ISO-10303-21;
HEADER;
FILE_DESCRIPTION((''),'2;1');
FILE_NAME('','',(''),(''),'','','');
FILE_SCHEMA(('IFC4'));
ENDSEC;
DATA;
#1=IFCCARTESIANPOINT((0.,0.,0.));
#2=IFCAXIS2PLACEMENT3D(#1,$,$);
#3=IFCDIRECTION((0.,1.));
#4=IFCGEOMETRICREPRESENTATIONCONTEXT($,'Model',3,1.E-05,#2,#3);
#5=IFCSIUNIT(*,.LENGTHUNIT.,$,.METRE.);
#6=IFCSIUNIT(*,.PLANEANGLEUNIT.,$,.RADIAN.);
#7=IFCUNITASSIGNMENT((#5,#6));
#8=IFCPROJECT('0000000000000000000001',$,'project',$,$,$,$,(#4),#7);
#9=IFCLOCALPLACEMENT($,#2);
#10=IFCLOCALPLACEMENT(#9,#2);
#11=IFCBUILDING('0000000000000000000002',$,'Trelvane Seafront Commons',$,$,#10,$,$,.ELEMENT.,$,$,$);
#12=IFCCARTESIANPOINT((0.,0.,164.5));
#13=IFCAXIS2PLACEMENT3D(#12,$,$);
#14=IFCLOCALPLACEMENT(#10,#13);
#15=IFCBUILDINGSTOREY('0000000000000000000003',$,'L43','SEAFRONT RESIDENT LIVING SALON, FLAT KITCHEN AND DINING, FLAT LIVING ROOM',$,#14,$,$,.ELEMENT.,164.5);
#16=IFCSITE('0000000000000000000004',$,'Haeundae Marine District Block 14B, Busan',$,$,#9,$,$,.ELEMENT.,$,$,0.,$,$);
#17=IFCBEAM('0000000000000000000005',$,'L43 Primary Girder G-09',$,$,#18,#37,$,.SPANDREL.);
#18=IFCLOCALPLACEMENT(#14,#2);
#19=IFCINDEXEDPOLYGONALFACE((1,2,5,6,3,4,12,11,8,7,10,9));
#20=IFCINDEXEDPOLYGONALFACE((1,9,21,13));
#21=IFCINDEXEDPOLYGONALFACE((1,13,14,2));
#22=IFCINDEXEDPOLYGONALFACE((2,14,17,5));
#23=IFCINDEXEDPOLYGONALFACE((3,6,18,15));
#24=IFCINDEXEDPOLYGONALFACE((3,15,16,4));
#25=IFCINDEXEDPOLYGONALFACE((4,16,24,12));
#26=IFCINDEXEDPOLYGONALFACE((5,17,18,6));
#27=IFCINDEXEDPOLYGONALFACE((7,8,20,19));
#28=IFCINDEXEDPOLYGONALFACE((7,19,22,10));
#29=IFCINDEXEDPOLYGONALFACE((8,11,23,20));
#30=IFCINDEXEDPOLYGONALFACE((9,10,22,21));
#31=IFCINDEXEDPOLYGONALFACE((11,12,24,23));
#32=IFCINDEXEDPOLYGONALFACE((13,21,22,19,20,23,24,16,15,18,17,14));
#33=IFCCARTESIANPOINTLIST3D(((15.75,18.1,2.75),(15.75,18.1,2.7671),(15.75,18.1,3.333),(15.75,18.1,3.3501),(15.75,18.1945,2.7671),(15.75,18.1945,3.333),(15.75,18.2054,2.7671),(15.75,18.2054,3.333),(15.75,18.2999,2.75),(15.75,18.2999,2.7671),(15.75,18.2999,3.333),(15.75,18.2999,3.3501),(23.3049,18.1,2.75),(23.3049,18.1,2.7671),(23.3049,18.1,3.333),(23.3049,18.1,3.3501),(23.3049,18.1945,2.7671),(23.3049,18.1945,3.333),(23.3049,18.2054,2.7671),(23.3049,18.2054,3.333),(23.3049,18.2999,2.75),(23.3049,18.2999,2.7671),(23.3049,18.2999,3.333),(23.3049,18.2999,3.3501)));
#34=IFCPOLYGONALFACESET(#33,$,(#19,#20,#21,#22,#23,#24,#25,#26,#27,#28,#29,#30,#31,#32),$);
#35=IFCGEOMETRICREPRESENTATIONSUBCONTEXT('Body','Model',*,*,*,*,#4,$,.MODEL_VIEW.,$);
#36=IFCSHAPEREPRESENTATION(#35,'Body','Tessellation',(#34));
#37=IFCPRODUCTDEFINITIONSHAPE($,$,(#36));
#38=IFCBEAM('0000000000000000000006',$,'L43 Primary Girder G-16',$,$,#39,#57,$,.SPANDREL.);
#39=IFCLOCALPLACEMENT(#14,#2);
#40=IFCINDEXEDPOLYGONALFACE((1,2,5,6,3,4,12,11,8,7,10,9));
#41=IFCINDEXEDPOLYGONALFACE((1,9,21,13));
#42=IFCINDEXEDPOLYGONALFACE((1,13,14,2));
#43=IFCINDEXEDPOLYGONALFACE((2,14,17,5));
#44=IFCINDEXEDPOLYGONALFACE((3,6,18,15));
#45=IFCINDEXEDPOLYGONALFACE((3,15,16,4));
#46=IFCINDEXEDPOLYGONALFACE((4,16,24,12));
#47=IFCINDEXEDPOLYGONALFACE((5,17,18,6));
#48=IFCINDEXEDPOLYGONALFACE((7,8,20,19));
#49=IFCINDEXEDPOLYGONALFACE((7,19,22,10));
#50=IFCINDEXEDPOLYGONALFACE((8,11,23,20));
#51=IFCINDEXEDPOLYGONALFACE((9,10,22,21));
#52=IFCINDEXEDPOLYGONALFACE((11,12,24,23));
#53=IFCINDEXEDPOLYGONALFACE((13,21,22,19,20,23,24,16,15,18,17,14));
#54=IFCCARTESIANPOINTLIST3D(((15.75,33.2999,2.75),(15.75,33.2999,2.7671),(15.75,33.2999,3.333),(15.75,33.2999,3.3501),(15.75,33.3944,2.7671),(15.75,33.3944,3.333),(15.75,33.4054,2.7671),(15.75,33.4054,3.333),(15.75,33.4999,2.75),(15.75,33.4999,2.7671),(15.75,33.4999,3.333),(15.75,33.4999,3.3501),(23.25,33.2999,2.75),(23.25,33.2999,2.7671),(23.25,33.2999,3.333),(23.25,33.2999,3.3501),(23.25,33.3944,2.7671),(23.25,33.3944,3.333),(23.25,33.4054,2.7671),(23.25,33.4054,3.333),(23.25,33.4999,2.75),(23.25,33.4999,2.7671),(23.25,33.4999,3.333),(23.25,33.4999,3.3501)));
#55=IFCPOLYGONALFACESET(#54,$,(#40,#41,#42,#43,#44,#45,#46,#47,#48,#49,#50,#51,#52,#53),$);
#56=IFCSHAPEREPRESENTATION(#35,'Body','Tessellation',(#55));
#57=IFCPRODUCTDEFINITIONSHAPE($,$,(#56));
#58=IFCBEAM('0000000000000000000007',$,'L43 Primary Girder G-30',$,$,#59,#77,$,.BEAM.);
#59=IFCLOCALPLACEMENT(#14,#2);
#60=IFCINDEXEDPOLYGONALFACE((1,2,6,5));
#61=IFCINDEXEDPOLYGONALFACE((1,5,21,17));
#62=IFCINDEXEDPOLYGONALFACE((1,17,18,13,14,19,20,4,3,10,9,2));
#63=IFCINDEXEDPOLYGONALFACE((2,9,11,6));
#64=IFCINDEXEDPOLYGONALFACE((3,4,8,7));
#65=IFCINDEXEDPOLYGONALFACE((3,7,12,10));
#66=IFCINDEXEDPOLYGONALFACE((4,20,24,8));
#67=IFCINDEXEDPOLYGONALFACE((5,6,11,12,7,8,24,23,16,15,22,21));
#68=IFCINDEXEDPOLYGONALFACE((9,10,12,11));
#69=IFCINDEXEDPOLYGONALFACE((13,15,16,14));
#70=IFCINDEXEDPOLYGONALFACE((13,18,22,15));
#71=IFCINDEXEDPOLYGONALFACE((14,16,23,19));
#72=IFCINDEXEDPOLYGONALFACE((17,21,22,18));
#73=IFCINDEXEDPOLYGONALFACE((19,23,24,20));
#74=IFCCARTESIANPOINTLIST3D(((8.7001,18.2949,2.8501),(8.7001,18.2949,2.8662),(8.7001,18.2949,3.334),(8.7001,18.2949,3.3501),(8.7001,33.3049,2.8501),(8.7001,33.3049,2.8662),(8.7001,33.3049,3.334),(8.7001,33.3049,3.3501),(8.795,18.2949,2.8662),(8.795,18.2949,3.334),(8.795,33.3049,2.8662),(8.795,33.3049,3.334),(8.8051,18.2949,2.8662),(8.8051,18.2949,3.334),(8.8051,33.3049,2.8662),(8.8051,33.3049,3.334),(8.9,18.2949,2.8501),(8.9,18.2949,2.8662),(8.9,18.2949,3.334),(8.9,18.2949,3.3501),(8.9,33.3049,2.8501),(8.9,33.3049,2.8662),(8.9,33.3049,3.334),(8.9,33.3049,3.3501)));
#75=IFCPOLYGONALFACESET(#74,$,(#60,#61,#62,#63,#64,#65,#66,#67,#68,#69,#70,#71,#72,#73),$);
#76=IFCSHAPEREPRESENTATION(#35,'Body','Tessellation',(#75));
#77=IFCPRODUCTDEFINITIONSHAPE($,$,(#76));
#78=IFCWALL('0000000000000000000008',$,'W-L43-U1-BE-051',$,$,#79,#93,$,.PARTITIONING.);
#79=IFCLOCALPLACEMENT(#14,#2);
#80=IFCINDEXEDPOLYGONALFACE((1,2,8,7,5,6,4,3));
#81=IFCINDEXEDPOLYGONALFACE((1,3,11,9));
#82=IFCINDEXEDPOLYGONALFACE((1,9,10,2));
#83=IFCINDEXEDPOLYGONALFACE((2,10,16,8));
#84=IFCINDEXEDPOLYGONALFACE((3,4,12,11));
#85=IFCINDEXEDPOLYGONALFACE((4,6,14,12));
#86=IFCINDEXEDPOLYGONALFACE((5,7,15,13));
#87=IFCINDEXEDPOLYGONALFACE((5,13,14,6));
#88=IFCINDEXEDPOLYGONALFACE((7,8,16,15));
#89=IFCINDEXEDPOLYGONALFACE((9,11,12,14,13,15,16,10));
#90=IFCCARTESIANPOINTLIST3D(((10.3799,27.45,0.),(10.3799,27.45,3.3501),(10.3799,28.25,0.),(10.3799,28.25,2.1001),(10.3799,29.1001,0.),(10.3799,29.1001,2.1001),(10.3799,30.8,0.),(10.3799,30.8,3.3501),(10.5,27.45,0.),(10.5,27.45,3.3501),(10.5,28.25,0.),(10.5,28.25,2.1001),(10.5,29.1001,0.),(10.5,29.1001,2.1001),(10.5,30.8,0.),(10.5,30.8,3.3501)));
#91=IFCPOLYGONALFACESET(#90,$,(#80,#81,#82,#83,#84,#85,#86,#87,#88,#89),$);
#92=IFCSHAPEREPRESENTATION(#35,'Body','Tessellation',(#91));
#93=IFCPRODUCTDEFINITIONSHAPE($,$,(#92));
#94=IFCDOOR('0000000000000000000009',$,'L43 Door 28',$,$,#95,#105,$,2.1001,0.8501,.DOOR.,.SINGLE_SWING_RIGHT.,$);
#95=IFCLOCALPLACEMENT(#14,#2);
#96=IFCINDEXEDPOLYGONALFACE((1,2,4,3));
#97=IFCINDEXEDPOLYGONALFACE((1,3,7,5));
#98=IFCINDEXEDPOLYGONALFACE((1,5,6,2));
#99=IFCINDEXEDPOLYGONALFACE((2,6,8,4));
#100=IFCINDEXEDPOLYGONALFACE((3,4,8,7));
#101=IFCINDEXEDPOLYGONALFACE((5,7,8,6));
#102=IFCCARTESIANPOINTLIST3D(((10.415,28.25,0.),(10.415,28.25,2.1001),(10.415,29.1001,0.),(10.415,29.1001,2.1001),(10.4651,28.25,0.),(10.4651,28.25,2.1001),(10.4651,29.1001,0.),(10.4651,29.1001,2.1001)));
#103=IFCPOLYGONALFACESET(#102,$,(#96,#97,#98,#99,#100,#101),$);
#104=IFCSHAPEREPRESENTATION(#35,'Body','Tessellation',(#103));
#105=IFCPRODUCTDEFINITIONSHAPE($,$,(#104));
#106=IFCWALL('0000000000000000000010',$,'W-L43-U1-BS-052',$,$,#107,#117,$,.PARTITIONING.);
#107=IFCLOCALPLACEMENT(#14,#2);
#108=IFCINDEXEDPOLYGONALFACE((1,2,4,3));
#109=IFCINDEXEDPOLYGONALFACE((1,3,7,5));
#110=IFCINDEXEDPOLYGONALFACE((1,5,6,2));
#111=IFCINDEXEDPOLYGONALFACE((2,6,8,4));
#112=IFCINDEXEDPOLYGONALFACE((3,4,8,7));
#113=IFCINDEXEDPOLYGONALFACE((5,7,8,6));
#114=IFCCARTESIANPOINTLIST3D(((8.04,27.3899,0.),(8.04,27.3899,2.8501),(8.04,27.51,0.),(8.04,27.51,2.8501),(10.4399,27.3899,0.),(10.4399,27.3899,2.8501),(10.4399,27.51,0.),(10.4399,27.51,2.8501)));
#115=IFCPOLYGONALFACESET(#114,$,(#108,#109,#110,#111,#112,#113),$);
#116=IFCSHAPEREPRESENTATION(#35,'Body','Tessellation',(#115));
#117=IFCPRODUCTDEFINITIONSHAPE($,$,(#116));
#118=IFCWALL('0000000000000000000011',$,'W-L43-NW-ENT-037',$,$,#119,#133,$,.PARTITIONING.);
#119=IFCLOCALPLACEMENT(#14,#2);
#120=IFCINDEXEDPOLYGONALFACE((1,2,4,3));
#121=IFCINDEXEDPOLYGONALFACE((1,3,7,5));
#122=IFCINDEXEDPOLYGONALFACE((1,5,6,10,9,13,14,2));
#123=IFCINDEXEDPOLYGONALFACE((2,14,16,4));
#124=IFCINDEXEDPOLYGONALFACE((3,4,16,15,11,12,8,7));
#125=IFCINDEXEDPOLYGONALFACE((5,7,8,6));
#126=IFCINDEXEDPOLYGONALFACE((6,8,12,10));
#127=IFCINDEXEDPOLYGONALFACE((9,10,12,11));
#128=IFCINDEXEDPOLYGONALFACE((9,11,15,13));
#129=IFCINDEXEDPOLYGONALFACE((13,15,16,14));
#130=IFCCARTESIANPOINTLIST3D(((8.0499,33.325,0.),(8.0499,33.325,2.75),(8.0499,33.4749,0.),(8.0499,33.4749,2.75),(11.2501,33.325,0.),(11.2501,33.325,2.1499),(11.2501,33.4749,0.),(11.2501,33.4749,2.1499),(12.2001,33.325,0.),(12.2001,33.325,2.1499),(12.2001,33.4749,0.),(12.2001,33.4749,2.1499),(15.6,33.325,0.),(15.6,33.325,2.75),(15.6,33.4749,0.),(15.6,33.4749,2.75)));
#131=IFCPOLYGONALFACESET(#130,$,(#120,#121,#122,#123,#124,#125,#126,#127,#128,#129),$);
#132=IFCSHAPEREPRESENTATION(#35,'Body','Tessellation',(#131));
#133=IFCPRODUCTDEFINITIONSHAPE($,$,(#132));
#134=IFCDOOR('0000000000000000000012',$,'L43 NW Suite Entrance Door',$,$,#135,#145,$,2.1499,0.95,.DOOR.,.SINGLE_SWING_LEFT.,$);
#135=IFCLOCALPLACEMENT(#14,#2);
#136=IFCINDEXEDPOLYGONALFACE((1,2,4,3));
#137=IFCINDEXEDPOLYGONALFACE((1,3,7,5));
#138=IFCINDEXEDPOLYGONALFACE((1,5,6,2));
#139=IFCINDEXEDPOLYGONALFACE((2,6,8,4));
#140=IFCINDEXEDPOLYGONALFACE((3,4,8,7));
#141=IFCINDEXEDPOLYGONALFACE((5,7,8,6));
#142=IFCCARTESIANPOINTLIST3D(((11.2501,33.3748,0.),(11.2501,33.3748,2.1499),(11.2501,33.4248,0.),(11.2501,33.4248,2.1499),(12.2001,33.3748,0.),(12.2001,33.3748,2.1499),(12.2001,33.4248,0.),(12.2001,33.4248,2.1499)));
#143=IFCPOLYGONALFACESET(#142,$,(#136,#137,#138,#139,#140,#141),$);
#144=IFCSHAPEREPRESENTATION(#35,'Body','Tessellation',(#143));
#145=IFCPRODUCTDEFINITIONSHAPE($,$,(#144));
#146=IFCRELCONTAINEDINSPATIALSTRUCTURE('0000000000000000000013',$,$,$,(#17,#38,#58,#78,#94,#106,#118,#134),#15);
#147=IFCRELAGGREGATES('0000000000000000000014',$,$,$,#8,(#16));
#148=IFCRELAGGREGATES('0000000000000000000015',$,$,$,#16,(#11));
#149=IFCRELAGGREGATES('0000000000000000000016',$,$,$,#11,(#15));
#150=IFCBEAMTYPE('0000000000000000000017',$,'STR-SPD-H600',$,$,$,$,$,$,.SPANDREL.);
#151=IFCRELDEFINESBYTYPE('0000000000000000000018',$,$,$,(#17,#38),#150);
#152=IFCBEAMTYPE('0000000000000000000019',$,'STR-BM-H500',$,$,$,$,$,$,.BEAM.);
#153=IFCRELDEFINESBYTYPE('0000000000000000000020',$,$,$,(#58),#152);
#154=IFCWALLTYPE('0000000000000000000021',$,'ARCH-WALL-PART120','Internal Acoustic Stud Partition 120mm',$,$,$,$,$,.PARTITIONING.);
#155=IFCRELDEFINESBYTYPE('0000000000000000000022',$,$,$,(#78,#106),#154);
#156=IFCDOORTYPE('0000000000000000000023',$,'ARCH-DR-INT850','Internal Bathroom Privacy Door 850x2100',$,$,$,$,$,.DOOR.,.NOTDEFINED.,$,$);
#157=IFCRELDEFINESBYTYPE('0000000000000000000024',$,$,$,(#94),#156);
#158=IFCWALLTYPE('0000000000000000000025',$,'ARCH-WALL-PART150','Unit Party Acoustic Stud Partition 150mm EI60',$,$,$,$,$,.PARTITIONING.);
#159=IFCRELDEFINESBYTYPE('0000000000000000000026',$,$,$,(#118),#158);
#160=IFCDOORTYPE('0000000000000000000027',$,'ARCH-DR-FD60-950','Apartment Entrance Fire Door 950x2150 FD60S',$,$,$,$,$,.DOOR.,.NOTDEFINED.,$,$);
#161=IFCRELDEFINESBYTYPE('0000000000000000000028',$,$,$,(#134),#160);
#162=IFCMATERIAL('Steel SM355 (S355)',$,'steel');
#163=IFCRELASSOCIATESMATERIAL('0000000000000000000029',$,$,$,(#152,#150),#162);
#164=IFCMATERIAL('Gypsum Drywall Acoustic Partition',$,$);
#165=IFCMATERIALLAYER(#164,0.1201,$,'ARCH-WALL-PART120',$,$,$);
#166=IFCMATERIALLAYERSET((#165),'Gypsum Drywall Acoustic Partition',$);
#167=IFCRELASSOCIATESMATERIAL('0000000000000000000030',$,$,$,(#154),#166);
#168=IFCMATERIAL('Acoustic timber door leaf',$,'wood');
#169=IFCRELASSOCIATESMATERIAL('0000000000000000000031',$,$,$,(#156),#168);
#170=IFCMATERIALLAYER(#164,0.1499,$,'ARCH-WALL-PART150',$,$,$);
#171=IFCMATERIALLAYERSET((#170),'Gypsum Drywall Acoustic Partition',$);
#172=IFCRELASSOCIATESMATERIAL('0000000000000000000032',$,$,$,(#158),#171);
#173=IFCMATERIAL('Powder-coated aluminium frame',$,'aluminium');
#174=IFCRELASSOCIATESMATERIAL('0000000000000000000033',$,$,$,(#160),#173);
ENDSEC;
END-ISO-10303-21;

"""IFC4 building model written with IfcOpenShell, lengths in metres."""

from ifc_helpers import new_model, si_unit, direction, frame, frame_2d, origin, origin_2d, place, context, subcontext, project, spatial, rectangle, i_section, extrude, source, transform, mapped, material, layer, layer_set, material_profile, profile_set, type_object, element, fill, save


model = new_model("IFC4")

# Units and contexts
model_context = context("Model", 3, precision=1e-05, world=origin(), true_north=direction((0.0, 1.0)))
body_context = subcontext(model_context, "Body", "Model", "MODEL_VIEW")
ifc_project = project(units=[si_unit("LENGTHUNIT", "METRE"), si_unit("PLANEANGLEUNIT", "RADIAN")], contexts=[model_context])

# Site, building, storey
site_placement = place(None, origin())
site = spatial("IfcSite", under=ifc_project, at=site_placement, Name="Haeundae Marine District Block 14B, Busan", CompositionType="ELEMENT", RefElevation=0.0)
building_placement = place(site_placement, origin())
building = spatial("IfcBuilding", under=site, at=building_placement, Name="Trelvane Seafront Commons", CompositionType="ELEMENT")
storey_placement = place(building_placement, frame((0.0, 0.0, 164.5)))
storey = spatial("IfcBuildingStorey", under=building, at=storey_placement, Name="L43", Description="SEAFRONT RESIDENT LIVING SALON, FLAT KITCHEN AND DINING, FLAT LIVING ROOM", CompositionType="ELEMENT", Elevation=164.5)

# Shared definitions
ifc_material_1 = material(Name="Steel SM355 (S355)", Category="steel")

# Beams
ifc_material_profile_1 = material_profile(ifc_material_1, i_section(OverallWidth=0.2, OverallDepth=0.5, WebThickness=0.01, FlangeThickness=0.0161, at=origin_2d()), Name="H-500x200x10x16")
ifc_profile_set_1 = profile_set([ifc_material_profile_1], Name="Steel SM355 (S355)")
beam_type_1 = type_object("IfcBeamType", Name="STR-BM-H500", PredefinedType="BEAM", material=ifc_profile_set_1)
ifc_material_profile_2 = material_profile(ifc_material_1, i_section(OverallWidth=0.2, OverallDepth=0.6001, WebThickness=0.011, FlangeThickness=0.0171, at=origin_2d()), Name="H-600x200x11x17")
ifc_profile_set_2 = profile_set([ifc_material_profile_2], Name="Steel SM355 (S355)")
beam_type_2 = type_object("IfcBeamType", Name="STR-SPD-H600", PredefinedType="SPANDREL", material=ifc_profile_set_2)
shared_shape_1 = source(origin(), body_context, "Body", "SweptSolid", [
    extrude(i_section(OverallWidth=0.2, OverallDepth=0.6001, WebThickness=0.011, FlangeThickness=0.0171, at=origin_2d()), origin(), (0.0, 0.0, 1.0), 7.5549),
])
beam_1_placement = place(storey_placement, frame((15.75, 18.2, 3.05), z_axis=(1.0, 0.0, 0.0), x_axis=(0.0, 1.0, 0.0)))
element("IfcBeam", 1, at=beam_1_placement, inside=storey, type_object=beam_type_2, Name="L43 Primary Girder G-09", PredefinedType="SPANDREL", context=body_context, shape_type="MappedRepresentation", body=[
    mapped(shared_shape_1, transform((0.0, 0.0, 0.0), x_axis=(1.0, 0.0, 0.0), y_axis=(0.0, 1.0, 0.0), z_axis=(0.0, 0.0, 1.0), scale=1.0)),
])
shared_shape_2 = source(origin(), body_context, "Body", "SweptSolid", [
    extrude(i_section(OverallWidth=0.2, OverallDepth=0.6001, WebThickness=0.011, FlangeThickness=0.0171, at=origin_2d()), origin(), (0.0, 0.0, 1.0), 7.5),
])
beam_2_placement = place(storey_placement, frame((15.75, 33.3999, 3.05), z_axis=(1.0, 0.0, 0.0), x_axis=(0.0, 1.0, 0.0)))
element("IfcBeam", 2, at=beam_2_placement, inside=storey, type_object=beam_type_2, Name="L43 Primary Girder G-16", PredefinedType="SPANDREL", context=body_context, shape_type="MappedRepresentation", body=[
    mapped(shared_shape_2, transform((0.0, 0.0, 0.0), x_axis=(1.0, 0.0, 0.0), y_axis=(0.0, 1.0, 0.0), z_axis=(0.0, 0.0, 1.0), scale=1.0)),
])
shared_shape_3 = source(origin(), body_context, "Body", "SweptSolid", [
    extrude(i_section(OverallWidth=0.2, OverallDepth=0.5, WebThickness=0.01, FlangeThickness=0.0161, at=origin_2d()), origin(), (0.0, 0.0, 1.0), 15.01),
])
beam_3_placement = place(storey_placement, frame((8.8, 18.2949, 3.1001), z_axis=(0.0, 1.0, 0.0), x_axis=(-1.0, 0.0, 0.0)))
element("IfcBeam", 3, at=beam_3_placement, inside=storey, type_object=beam_type_1, Name="L43 Primary Girder G-30", PredefinedType="BEAM", context=body_context, shape_type="MappedRepresentation", body=[
    mapped(shared_shape_3, transform((0.0, 0.0, 0.0), x_axis=(1.0, 0.0, 0.0), y_axis=(0.0, 1.0, 0.0), z_axis=(0.0, 0.0, 1.0), scale=1.0)),
])

# Wall, opening, door
ifc_material_2 = material(Name="Gypsum Drywall Acoustic Partition")
ifc_layer_1 = layer(ifc_material_2, 0.1201, Name="ARCH-WALL-PART120")
ifc_layer_set_1 = layer_set([ifc_layer_1], Name="Gypsum Drywall Acoustic Partition")
wall_type_1 = type_object("IfcWallType", Name="ARCH-WALL-PART120", Description="Internal Acoustic Stud Partition 120mm", PredefinedType="PARTITIONING", material=ifc_layer_set_1)
wall_1_placement = place(storey_placement, frame((10.4399, 27.45, 0.0), z_axis=(0.0, 0.0, 1.0), x_axis=(0.0, 1.0, 0.0)))
wall_1 = element("IfcWall", 4, at=wall_1_placement, inside=storey, type_object=wall_type_1, Name="W-L43-U1-BE-051", PredefinedType="PARTITIONING", context=body_context, shape_type="SweptSolid", body=[
    extrude(rectangle(XDim=3.3501, YDim=0.1201, at=frame_2d((1.675, 0.0))), origin(), (0.0, 0.0, 1.0), 3.3501),
])
opening_1_placement = place(wall_1_placement, frame((0.8, 0.0, 0.0)))
opening_1 = element("IfcOpeningElement", 5, at=opening_1_placement, cuts=wall_1, PredefinedType="OPENING", context=body_context, shape_type="SweptSolid", body=[
    extrude(rectangle(XDim=0.8501, YDim=2.1001, at=frame_2d((0.425, 1.05))), frame((0.0, 0.0701, 0.0), z_axis=(0.0, -1.0, 0.0), x_axis=(1.0, 0.0, 0.0)), (0.0, 0.0, 1.0), 0.1401),
])
ifc_material_3 = material(Name="Acoustic timber door leaf", Category="wood")
door_type_1 = type_object("IfcDoorType", Name="ARCH-DR-INT850", Description="Internal Bathroom Privacy Door 850x2100", OperationType="NOTDEFINED", PredefinedType="DOOR", material=ifc_material_3)
shared_shape_4 = source(origin(), body_context, "Body", "SweptSolid", [
    extrude(rectangle(XDim=0.8501, YDim=2.1001, at=frame_2d((0.425, 1.05))), frame((0.0, 0.0249, 0.0), z_axis=(0.0, -1.0, 0.0), x_axis=(1.0, 0.0, 0.0)), (0.0, 0.0, 1.0), 0.05),
])
door_1_placement = place(opening_1_placement, origin())
door_1 = element("IfcDoor", 6, at=door_1_placement, inside=storey, type_object=door_type_1, Name="L43 Door 28", OperationType="SINGLE_SWING_RIGHT", OverallHeight=2.1001, OverallWidth=0.8501, PredefinedType="DOOR", context=body_context, shape_type="MappedRepresentation", body=[
    mapped(shared_shape_4, transform((0.0, 0.0, 0.0), x_axis=(1.0, 0.0, 0.0), y_axis=(0.0, 1.0, 0.0), z_axis=(0.0, 0.0, 1.0), scale=1.0)),
])
fill(opening_1, door_1)

# Wall
wall_2_placement = place(storey_placement, frame((8.04, 27.45, 0.0), z_axis=(0.0, 0.0, 1.0), x_axis=(1.0, 0.0, 0.0)))
element("IfcWall", 7, at=wall_2_placement, inside=storey, type_object=wall_type_1, Name="W-L43-U1-BS-052", PredefinedType="PARTITIONING", context=body_context, shape_type="SweptSolid", body=[
    extrude(rectangle(XDim=2.3999, YDim=0.1201, at=frame_2d((1.2, 0.0))), origin(), (0.0, 0.0, 1.0), 2.8501),
])

# Wall, opening, door
shared_shape_5 = source(origin(), body_context, "Body", "SweptSolid", [
    extrude(rectangle(XDim=0.95, YDim=2.1499, at=frame_2d((0.4751, 1.075))), frame((0.0, 0.0249, 0.0), z_axis=(0.0, -1.0, 0.0), x_axis=(1.0, 0.0, 0.0)), (0.0, 0.0, 1.0), 0.05),
])
ifc_layer_2 = layer(ifc_material_2, 0.1499, Name="ARCH-WALL-PART150")
ifc_layer_set_2 = layer_set([ifc_layer_2], Name="Gypsum Drywall Acoustic Partition")
wall_type_2 = type_object("IfcWallType", Name="ARCH-WALL-PART150", Description="Unit Party Acoustic Stud Partition 150mm EI60", PredefinedType="PARTITIONING", material=ifc_layer_set_2)
wall_3_placement = place(storey_placement, frame((8.05, 33.3999, 0.0), z_axis=(0.0, 0.0, 1.0), x_axis=(1.0, 0.0, 0.0)))
wall_3 = element("IfcWall", 8, at=wall_3_placement, inside=storey, type_object=wall_type_2, Name="W-L43-NW-ENT-037", PredefinedType="PARTITIONING", context=body_context, shape_type="SweptSolid", body=[
    extrude(rectangle(XDim=7.55, YDim=0.1499, at=frame_2d((3.7749, 0.0))), origin(), (0.0, 0.0, 1.0), 2.75),
])
opening_2_placement = place(wall_3_placement, frame((3.2, 0.0, 0.0)))
opening_2 = element("IfcOpeningElement", 9, at=opening_2_placement, cuts=wall_3, PredefinedType="OPENING", context=body_context, shape_type="SweptSolid", body=[
    extrude(rectangle(XDim=0.95, YDim=2.1499, at=frame_2d((0.4751, 1.075))), frame((0.0, 0.085, 0.0), z_axis=(0.0, -1.0, 0.0), x_axis=(1.0, 0.0, 0.0)), (0.0, 0.0, 1.0), 0.1699),
])
ifc_material_4 = material(Name="Powder-coated aluminium frame", Category="aluminium")
door_type_2 = type_object("IfcDoorType", Name="ARCH-DR-FD60-950", Description="Apartment Entrance Fire Door 950x2150 FD60S", OperationType="NOTDEFINED", PredefinedType="DOOR", material=ifc_material_4)
door_2_placement = place(opening_2_placement, origin())
door_2 = element("IfcDoor", 10, at=door_2_placement, inside=storey, type_object=door_type_2, Name="L43 NW Suite Entrance Door", OperationType="SINGLE_SWING_LEFT", OverallHeight=2.1499, OverallWidth=0.95, PredefinedType="DOOR", context=body_context, shape_type="MappedRepresentation", body=[
    mapped(shared_shape_5, transform((0.0, 0.0, 0.0), x_axis=(1.0, 0.0, 0.0), y_axis=(0.0, 1.0, 0.0), z_axis=(0.0, 0.0, 1.0), scale=1.0)),
])
fill(opening_2, door_2)

save(model, "model.ifc")
